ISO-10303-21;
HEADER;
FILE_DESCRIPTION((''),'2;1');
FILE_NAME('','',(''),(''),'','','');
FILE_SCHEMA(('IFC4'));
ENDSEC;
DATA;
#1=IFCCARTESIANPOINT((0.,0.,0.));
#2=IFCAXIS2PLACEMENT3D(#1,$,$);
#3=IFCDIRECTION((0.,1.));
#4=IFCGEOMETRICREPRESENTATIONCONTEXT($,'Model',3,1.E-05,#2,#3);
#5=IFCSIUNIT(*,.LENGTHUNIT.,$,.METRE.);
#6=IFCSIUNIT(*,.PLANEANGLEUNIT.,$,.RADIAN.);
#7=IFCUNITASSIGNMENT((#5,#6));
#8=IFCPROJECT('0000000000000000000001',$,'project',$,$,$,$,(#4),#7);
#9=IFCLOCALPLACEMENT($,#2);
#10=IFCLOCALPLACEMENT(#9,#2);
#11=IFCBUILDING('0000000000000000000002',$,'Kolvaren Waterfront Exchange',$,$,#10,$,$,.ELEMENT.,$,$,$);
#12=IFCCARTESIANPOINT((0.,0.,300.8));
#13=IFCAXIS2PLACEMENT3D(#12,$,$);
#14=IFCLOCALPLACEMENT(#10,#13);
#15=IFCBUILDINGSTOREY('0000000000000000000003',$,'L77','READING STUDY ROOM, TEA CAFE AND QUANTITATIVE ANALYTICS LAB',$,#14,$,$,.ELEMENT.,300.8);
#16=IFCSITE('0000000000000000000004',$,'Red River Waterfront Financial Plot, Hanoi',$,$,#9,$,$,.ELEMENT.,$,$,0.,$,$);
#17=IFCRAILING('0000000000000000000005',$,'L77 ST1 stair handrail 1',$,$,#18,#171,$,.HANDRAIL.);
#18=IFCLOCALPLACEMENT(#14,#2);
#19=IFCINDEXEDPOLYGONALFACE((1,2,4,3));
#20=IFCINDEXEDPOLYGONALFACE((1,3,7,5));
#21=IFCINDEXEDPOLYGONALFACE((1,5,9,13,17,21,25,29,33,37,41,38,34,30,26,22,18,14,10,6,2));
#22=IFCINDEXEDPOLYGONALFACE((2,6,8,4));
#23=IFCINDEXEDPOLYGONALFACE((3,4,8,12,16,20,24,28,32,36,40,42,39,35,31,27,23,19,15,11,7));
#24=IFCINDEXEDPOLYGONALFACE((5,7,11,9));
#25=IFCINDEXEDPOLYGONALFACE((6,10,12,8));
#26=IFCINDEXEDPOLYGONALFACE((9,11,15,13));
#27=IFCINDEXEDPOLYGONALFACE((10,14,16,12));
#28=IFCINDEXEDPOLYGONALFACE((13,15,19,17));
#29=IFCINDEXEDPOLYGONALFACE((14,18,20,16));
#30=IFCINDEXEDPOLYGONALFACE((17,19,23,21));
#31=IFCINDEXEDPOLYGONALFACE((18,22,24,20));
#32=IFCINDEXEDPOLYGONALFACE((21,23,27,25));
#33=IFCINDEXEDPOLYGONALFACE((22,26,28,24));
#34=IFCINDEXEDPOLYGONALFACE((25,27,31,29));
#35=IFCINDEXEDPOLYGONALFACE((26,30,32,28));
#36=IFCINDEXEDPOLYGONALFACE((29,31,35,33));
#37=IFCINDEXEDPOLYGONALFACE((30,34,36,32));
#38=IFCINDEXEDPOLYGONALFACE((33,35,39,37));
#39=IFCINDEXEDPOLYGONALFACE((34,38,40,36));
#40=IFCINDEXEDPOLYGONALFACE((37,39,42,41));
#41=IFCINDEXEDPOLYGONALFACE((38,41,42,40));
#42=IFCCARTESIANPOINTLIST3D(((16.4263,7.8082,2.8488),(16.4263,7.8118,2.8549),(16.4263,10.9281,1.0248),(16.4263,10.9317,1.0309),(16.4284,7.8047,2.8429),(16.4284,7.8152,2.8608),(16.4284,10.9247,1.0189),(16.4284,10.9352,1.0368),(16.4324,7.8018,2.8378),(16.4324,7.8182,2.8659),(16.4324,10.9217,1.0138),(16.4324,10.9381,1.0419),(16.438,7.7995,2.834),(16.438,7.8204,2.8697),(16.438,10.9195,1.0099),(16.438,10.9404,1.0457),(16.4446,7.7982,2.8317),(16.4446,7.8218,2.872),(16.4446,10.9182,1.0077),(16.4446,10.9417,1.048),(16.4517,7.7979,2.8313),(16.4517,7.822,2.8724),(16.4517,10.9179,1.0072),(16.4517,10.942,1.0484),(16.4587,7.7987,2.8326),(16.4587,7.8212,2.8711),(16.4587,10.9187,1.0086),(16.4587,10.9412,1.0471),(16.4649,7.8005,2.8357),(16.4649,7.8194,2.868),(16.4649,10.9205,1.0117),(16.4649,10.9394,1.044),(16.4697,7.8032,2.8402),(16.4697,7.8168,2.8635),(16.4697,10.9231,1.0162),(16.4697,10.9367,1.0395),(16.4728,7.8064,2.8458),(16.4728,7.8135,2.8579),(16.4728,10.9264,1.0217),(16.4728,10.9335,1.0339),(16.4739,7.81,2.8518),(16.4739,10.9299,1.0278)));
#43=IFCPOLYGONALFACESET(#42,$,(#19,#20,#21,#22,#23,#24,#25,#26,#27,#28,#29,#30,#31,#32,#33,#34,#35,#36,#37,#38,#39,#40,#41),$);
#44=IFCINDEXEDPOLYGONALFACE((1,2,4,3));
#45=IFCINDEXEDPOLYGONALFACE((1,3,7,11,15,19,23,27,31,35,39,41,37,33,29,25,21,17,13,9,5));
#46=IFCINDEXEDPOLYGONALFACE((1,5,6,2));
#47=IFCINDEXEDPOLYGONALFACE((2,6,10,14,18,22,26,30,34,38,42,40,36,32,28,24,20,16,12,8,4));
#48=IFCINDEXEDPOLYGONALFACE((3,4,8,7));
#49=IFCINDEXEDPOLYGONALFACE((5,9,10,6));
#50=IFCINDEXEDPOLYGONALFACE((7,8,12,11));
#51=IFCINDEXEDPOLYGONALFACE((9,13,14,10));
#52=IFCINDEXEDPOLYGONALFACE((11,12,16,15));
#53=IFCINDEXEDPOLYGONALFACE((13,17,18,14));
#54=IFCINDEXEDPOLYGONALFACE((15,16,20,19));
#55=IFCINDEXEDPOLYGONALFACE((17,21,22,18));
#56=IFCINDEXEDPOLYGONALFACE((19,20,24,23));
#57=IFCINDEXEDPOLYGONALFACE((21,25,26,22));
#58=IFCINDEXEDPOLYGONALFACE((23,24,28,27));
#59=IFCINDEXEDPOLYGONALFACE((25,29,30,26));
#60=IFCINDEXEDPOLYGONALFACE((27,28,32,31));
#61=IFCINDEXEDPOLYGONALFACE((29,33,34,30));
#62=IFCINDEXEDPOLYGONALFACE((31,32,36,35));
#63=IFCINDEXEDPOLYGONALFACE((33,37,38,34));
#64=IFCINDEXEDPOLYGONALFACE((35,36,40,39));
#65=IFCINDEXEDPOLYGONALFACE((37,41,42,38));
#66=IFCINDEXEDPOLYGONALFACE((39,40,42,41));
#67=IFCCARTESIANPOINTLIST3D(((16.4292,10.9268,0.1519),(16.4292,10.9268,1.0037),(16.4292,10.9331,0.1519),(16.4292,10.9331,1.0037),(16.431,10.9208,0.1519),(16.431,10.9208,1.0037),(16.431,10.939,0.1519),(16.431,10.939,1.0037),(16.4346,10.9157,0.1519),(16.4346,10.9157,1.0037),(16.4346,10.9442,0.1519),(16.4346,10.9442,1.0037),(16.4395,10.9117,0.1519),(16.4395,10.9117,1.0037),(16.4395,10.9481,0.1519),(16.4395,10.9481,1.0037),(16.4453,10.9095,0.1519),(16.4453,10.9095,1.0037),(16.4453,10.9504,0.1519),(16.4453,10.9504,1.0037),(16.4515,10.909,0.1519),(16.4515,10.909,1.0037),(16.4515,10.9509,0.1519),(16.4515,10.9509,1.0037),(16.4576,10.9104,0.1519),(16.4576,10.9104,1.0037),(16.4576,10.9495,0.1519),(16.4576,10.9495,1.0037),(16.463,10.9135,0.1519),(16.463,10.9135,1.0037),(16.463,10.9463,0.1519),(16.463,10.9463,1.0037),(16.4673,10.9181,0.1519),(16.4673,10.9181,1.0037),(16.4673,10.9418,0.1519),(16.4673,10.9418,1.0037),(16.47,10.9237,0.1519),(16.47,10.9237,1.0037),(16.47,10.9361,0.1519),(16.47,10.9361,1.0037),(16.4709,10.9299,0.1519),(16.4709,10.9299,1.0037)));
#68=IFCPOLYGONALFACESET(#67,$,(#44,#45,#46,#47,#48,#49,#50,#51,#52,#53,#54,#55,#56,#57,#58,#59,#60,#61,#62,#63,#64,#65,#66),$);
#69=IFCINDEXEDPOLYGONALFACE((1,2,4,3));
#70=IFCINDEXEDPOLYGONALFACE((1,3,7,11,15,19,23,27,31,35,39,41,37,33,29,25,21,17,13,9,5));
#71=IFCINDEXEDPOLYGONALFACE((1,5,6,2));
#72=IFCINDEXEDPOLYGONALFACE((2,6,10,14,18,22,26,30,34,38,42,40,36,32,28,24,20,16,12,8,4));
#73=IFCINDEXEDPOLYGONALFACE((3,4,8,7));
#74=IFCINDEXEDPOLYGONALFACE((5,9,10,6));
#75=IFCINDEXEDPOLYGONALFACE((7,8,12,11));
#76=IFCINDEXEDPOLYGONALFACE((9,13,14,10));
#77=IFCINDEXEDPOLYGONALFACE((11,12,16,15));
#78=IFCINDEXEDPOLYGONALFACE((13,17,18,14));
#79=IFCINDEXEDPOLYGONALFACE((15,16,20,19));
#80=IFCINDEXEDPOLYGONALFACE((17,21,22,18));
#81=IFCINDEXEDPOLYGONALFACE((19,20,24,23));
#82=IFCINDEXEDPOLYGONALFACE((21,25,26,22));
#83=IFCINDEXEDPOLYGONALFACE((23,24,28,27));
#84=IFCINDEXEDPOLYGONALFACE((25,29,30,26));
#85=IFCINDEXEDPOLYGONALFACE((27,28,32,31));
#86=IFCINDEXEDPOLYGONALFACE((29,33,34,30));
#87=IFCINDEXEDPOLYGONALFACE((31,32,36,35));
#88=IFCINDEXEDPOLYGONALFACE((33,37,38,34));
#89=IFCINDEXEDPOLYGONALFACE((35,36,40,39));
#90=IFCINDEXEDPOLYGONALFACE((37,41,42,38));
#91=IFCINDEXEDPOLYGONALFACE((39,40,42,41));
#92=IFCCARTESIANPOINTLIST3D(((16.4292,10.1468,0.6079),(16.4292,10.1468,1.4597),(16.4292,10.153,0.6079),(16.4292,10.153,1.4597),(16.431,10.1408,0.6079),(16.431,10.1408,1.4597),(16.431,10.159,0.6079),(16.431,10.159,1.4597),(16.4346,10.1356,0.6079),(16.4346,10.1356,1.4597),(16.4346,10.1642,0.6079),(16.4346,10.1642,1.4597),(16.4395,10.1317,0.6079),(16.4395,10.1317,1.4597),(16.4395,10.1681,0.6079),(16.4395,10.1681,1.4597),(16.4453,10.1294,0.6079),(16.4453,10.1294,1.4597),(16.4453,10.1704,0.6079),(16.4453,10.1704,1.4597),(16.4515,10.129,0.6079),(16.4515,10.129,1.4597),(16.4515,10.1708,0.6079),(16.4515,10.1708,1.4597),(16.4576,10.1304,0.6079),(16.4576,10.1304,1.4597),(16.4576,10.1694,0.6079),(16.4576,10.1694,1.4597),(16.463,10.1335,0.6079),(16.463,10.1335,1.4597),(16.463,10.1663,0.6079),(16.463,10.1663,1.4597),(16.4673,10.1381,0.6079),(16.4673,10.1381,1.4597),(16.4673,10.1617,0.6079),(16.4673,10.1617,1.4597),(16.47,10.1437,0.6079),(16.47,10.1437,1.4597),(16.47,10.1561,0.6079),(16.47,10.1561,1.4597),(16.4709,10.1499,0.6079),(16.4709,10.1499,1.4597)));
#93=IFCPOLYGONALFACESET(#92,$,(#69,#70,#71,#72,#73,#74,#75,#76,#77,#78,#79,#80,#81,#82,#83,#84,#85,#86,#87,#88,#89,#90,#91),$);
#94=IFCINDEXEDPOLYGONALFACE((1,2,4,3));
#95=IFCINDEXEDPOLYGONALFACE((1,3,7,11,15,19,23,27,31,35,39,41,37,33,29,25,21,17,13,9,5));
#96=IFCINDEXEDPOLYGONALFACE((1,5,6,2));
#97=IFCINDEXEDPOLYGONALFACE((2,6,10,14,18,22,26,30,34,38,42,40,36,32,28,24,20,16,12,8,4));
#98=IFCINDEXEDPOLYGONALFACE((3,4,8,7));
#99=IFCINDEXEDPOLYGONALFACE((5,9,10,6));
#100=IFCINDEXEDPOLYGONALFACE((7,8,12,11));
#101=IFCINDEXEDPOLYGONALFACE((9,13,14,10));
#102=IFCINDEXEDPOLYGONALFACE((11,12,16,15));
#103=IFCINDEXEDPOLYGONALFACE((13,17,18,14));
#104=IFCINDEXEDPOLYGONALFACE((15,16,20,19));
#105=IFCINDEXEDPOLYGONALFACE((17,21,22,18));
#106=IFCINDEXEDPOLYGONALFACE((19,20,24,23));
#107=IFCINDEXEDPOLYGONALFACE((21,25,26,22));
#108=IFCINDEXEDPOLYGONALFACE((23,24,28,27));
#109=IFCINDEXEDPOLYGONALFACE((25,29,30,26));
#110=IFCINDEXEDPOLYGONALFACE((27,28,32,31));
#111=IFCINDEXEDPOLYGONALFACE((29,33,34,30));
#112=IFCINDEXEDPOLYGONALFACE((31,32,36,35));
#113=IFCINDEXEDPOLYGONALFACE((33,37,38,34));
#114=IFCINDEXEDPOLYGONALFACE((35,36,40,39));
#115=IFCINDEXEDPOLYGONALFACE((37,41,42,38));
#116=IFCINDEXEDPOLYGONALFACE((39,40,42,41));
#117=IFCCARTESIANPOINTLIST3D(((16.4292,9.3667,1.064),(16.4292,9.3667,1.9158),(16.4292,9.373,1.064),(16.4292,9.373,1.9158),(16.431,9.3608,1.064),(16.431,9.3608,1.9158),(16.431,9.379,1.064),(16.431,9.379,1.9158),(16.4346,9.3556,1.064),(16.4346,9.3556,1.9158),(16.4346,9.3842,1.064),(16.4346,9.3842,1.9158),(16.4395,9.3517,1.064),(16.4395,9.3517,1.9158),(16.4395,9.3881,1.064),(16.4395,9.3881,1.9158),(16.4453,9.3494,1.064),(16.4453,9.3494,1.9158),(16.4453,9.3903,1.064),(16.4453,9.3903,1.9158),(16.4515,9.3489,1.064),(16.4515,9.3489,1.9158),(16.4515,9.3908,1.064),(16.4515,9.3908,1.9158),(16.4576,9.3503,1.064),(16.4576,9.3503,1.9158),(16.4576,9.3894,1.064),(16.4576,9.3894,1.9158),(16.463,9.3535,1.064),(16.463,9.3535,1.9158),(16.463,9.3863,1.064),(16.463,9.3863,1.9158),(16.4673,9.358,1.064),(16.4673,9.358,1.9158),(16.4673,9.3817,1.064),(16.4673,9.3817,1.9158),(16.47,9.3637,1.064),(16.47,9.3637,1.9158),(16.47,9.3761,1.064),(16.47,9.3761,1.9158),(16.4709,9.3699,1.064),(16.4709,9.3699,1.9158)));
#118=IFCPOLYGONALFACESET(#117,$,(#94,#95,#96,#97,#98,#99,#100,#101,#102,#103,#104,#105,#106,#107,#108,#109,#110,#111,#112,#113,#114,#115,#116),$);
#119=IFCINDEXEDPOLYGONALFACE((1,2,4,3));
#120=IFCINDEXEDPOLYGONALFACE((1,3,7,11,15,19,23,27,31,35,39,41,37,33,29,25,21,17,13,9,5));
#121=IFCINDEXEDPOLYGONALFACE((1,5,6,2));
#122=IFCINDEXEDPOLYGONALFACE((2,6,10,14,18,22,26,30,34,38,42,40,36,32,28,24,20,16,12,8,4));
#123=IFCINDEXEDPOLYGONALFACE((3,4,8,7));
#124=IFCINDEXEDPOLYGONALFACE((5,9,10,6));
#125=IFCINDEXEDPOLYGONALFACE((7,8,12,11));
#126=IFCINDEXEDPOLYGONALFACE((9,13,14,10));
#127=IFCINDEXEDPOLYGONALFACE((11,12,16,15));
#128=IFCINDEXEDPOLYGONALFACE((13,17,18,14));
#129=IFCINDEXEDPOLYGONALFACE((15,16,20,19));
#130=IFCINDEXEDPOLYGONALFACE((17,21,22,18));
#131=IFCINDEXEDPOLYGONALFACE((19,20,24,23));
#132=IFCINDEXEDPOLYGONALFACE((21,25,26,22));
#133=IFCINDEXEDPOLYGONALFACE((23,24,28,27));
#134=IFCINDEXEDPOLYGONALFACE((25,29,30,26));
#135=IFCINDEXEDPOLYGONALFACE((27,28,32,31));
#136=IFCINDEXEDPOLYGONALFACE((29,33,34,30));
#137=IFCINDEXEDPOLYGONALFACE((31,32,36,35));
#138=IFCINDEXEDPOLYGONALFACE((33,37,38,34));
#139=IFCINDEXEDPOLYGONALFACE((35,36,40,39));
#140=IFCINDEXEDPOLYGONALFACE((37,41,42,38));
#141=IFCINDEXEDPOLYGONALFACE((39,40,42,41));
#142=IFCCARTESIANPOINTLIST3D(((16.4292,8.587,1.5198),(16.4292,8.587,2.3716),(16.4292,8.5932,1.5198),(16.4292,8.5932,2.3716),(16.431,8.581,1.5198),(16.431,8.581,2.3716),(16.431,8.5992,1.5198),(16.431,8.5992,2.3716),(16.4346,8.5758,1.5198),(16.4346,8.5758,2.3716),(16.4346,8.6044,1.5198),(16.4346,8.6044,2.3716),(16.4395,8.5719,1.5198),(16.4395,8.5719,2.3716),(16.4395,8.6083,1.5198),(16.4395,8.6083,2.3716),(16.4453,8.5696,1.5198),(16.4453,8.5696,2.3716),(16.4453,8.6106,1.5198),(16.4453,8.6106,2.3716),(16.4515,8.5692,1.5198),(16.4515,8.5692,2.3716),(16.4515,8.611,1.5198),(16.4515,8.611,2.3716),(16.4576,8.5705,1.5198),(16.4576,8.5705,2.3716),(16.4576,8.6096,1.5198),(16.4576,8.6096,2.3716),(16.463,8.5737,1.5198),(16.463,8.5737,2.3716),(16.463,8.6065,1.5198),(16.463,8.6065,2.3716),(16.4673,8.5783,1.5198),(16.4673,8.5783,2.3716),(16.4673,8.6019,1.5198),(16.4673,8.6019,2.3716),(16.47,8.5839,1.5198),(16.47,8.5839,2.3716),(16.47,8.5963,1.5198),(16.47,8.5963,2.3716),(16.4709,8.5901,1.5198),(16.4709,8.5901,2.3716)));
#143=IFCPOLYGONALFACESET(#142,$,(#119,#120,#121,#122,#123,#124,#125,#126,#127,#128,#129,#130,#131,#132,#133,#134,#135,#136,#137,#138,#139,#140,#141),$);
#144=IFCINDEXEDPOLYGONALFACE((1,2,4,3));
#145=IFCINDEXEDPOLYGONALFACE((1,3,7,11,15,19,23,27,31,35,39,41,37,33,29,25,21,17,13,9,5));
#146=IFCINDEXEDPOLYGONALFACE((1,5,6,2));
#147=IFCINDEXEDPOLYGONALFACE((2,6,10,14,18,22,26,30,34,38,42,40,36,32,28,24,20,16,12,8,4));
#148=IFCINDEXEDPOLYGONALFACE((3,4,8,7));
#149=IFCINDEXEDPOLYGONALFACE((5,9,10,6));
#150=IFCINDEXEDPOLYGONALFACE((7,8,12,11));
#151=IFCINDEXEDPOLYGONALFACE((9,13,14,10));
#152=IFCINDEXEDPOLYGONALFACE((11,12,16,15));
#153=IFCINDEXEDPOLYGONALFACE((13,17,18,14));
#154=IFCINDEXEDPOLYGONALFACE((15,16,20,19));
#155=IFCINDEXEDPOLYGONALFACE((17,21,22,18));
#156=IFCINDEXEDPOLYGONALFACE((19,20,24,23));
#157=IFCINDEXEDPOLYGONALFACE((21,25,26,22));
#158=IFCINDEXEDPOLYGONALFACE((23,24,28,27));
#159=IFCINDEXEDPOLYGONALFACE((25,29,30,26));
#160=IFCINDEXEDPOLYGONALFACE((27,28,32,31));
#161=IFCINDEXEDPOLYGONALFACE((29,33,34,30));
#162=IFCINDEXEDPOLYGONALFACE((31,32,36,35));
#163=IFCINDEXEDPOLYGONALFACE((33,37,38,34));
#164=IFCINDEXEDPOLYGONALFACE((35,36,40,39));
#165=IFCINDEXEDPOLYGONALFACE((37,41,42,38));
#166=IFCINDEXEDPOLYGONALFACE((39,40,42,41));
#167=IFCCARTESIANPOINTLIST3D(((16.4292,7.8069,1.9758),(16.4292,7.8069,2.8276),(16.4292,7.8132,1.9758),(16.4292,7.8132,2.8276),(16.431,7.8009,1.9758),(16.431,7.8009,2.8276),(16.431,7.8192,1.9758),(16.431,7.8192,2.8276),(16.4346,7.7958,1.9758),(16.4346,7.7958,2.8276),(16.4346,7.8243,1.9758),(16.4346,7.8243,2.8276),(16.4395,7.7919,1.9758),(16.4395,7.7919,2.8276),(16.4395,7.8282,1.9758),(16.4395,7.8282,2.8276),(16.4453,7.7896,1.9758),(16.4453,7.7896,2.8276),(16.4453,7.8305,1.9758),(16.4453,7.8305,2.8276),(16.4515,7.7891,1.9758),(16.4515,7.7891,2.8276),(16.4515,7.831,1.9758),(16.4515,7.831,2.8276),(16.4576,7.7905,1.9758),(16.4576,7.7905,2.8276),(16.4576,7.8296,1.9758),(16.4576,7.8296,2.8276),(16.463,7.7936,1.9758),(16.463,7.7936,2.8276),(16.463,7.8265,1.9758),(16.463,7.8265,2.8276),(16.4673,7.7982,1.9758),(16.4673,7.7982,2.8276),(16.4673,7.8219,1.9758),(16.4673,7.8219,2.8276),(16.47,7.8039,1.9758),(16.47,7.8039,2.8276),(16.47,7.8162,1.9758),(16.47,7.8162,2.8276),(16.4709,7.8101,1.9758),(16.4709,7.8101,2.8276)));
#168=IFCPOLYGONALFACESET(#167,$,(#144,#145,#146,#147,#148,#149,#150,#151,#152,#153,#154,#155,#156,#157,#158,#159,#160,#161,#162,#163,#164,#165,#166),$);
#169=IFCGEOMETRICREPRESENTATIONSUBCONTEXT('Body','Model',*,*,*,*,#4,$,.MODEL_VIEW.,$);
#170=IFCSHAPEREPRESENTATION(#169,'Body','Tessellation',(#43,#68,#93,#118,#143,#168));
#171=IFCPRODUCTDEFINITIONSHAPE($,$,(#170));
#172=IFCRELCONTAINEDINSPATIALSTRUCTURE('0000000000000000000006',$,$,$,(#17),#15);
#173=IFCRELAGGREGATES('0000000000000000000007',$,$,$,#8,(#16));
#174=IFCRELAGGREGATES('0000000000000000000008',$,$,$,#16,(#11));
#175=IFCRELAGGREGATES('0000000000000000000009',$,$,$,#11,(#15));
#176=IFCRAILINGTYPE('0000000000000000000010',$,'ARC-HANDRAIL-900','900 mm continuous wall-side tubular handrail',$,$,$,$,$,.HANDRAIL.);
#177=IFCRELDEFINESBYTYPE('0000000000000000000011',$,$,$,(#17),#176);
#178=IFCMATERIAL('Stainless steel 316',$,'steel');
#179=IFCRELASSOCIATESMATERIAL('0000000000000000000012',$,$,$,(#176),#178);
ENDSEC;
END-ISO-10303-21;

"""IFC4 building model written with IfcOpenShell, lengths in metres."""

from ifc_helpers import new_model, si_unit, direction, frame, origin, origin_2d, place, context, subcontext, project, spatial, circle, extrude, material, type_object, element, save


model = new_model("IFC4")

# Units and contexts
model_context = context("Model", 3, precision=1e-05, world=origin(), true_north=direction((0.0, 1.0)))
body_context = subcontext(model_context, "Body", "Model", "MODEL_VIEW")
ifc_project = project(units=[si_unit("LENGTHUNIT", "METRE"), si_unit("PLANEANGLEUNIT", "RADIAN")], contexts=[model_context])

# Site, building, storey
site_placement = place(None, origin())
site = spatial("IfcSite", under=ifc_project, at=site_placement, Name="Red River Waterfront Financial Plot, Hanoi", CompositionType="ELEMENT", RefElevation=0.0)
building_placement = place(site_placement, origin())
building = spatial("IfcBuilding", under=site, at=building_placement, Name="Kolvaren Waterfront Exchange", CompositionType="ELEMENT")
storey_placement = place(building_placement, frame((0.0, 0.0, 300.8)))
storey = spatial("IfcBuildingStorey", under=building, at=storey_placement, Name="L77", Description="READING STUDY ROOM, TEA CAFE AND QUANTITATIVE ANALYTICS LAB", CompositionType="ELEMENT", Elevation=300.8)

# Railing
ifc_material_1 = material(Name="Stainless steel 316", Category="steel")
railing_type = type_object("IfcRailingType", Name="ARC-HANDRAIL-900", Description="900 mm continuous wall-side tubular handrail", PredefinedType="HANDRAIL", material=ifc_material_1)
railing_placement = place(storey_placement, frame((16.45, 10.9299, 0.1519)))
element("IfcRailing", 1, at=railing_placement, inside=storey, type_object=railing_type, Name="L77 ST1 stair handrail 1", PredefinedType="HANDRAIL", context=body_context, shape_type="SweptSolid", body=[
    extrude(circle(Radius=0.0239, at=origin_2d()), frame((0.0, 0.0, 0.876), z_axis=(0.0, -0.863291, 0.504707), x_axis=(1.0, 0.0, 0.0)), (0.0, 0.0, 1.0), 3.614),
    extrude(circle(Radius=0.021, at=origin_2d()), origin(), (0.0, 0.0, 1.0), 0.8518),
    extrude(circle(Radius=0.021, at=origin_2d()), frame((0.0, -0.78, 0.4561)), (0.0, 0.0, 1.0), 0.8518),
    extrude(circle(Radius=0.021, at=origin_2d()), frame((0.0, -1.5601, 0.9121)), (0.0, 0.0, 1.0), 0.8518),
    extrude(circle(Radius=0.021, at=origin_2d()), frame((0.0, -2.3398, 1.3679)), (0.0, 0.0, 1.0), 0.8518),
    extrude(circle(Radius=0.021, at=origin_2d()), frame((0.0, -3.1199, 1.824)), (0.0, 0.0, 1.0), 0.8518),
])

save(model, "model.ifc")
